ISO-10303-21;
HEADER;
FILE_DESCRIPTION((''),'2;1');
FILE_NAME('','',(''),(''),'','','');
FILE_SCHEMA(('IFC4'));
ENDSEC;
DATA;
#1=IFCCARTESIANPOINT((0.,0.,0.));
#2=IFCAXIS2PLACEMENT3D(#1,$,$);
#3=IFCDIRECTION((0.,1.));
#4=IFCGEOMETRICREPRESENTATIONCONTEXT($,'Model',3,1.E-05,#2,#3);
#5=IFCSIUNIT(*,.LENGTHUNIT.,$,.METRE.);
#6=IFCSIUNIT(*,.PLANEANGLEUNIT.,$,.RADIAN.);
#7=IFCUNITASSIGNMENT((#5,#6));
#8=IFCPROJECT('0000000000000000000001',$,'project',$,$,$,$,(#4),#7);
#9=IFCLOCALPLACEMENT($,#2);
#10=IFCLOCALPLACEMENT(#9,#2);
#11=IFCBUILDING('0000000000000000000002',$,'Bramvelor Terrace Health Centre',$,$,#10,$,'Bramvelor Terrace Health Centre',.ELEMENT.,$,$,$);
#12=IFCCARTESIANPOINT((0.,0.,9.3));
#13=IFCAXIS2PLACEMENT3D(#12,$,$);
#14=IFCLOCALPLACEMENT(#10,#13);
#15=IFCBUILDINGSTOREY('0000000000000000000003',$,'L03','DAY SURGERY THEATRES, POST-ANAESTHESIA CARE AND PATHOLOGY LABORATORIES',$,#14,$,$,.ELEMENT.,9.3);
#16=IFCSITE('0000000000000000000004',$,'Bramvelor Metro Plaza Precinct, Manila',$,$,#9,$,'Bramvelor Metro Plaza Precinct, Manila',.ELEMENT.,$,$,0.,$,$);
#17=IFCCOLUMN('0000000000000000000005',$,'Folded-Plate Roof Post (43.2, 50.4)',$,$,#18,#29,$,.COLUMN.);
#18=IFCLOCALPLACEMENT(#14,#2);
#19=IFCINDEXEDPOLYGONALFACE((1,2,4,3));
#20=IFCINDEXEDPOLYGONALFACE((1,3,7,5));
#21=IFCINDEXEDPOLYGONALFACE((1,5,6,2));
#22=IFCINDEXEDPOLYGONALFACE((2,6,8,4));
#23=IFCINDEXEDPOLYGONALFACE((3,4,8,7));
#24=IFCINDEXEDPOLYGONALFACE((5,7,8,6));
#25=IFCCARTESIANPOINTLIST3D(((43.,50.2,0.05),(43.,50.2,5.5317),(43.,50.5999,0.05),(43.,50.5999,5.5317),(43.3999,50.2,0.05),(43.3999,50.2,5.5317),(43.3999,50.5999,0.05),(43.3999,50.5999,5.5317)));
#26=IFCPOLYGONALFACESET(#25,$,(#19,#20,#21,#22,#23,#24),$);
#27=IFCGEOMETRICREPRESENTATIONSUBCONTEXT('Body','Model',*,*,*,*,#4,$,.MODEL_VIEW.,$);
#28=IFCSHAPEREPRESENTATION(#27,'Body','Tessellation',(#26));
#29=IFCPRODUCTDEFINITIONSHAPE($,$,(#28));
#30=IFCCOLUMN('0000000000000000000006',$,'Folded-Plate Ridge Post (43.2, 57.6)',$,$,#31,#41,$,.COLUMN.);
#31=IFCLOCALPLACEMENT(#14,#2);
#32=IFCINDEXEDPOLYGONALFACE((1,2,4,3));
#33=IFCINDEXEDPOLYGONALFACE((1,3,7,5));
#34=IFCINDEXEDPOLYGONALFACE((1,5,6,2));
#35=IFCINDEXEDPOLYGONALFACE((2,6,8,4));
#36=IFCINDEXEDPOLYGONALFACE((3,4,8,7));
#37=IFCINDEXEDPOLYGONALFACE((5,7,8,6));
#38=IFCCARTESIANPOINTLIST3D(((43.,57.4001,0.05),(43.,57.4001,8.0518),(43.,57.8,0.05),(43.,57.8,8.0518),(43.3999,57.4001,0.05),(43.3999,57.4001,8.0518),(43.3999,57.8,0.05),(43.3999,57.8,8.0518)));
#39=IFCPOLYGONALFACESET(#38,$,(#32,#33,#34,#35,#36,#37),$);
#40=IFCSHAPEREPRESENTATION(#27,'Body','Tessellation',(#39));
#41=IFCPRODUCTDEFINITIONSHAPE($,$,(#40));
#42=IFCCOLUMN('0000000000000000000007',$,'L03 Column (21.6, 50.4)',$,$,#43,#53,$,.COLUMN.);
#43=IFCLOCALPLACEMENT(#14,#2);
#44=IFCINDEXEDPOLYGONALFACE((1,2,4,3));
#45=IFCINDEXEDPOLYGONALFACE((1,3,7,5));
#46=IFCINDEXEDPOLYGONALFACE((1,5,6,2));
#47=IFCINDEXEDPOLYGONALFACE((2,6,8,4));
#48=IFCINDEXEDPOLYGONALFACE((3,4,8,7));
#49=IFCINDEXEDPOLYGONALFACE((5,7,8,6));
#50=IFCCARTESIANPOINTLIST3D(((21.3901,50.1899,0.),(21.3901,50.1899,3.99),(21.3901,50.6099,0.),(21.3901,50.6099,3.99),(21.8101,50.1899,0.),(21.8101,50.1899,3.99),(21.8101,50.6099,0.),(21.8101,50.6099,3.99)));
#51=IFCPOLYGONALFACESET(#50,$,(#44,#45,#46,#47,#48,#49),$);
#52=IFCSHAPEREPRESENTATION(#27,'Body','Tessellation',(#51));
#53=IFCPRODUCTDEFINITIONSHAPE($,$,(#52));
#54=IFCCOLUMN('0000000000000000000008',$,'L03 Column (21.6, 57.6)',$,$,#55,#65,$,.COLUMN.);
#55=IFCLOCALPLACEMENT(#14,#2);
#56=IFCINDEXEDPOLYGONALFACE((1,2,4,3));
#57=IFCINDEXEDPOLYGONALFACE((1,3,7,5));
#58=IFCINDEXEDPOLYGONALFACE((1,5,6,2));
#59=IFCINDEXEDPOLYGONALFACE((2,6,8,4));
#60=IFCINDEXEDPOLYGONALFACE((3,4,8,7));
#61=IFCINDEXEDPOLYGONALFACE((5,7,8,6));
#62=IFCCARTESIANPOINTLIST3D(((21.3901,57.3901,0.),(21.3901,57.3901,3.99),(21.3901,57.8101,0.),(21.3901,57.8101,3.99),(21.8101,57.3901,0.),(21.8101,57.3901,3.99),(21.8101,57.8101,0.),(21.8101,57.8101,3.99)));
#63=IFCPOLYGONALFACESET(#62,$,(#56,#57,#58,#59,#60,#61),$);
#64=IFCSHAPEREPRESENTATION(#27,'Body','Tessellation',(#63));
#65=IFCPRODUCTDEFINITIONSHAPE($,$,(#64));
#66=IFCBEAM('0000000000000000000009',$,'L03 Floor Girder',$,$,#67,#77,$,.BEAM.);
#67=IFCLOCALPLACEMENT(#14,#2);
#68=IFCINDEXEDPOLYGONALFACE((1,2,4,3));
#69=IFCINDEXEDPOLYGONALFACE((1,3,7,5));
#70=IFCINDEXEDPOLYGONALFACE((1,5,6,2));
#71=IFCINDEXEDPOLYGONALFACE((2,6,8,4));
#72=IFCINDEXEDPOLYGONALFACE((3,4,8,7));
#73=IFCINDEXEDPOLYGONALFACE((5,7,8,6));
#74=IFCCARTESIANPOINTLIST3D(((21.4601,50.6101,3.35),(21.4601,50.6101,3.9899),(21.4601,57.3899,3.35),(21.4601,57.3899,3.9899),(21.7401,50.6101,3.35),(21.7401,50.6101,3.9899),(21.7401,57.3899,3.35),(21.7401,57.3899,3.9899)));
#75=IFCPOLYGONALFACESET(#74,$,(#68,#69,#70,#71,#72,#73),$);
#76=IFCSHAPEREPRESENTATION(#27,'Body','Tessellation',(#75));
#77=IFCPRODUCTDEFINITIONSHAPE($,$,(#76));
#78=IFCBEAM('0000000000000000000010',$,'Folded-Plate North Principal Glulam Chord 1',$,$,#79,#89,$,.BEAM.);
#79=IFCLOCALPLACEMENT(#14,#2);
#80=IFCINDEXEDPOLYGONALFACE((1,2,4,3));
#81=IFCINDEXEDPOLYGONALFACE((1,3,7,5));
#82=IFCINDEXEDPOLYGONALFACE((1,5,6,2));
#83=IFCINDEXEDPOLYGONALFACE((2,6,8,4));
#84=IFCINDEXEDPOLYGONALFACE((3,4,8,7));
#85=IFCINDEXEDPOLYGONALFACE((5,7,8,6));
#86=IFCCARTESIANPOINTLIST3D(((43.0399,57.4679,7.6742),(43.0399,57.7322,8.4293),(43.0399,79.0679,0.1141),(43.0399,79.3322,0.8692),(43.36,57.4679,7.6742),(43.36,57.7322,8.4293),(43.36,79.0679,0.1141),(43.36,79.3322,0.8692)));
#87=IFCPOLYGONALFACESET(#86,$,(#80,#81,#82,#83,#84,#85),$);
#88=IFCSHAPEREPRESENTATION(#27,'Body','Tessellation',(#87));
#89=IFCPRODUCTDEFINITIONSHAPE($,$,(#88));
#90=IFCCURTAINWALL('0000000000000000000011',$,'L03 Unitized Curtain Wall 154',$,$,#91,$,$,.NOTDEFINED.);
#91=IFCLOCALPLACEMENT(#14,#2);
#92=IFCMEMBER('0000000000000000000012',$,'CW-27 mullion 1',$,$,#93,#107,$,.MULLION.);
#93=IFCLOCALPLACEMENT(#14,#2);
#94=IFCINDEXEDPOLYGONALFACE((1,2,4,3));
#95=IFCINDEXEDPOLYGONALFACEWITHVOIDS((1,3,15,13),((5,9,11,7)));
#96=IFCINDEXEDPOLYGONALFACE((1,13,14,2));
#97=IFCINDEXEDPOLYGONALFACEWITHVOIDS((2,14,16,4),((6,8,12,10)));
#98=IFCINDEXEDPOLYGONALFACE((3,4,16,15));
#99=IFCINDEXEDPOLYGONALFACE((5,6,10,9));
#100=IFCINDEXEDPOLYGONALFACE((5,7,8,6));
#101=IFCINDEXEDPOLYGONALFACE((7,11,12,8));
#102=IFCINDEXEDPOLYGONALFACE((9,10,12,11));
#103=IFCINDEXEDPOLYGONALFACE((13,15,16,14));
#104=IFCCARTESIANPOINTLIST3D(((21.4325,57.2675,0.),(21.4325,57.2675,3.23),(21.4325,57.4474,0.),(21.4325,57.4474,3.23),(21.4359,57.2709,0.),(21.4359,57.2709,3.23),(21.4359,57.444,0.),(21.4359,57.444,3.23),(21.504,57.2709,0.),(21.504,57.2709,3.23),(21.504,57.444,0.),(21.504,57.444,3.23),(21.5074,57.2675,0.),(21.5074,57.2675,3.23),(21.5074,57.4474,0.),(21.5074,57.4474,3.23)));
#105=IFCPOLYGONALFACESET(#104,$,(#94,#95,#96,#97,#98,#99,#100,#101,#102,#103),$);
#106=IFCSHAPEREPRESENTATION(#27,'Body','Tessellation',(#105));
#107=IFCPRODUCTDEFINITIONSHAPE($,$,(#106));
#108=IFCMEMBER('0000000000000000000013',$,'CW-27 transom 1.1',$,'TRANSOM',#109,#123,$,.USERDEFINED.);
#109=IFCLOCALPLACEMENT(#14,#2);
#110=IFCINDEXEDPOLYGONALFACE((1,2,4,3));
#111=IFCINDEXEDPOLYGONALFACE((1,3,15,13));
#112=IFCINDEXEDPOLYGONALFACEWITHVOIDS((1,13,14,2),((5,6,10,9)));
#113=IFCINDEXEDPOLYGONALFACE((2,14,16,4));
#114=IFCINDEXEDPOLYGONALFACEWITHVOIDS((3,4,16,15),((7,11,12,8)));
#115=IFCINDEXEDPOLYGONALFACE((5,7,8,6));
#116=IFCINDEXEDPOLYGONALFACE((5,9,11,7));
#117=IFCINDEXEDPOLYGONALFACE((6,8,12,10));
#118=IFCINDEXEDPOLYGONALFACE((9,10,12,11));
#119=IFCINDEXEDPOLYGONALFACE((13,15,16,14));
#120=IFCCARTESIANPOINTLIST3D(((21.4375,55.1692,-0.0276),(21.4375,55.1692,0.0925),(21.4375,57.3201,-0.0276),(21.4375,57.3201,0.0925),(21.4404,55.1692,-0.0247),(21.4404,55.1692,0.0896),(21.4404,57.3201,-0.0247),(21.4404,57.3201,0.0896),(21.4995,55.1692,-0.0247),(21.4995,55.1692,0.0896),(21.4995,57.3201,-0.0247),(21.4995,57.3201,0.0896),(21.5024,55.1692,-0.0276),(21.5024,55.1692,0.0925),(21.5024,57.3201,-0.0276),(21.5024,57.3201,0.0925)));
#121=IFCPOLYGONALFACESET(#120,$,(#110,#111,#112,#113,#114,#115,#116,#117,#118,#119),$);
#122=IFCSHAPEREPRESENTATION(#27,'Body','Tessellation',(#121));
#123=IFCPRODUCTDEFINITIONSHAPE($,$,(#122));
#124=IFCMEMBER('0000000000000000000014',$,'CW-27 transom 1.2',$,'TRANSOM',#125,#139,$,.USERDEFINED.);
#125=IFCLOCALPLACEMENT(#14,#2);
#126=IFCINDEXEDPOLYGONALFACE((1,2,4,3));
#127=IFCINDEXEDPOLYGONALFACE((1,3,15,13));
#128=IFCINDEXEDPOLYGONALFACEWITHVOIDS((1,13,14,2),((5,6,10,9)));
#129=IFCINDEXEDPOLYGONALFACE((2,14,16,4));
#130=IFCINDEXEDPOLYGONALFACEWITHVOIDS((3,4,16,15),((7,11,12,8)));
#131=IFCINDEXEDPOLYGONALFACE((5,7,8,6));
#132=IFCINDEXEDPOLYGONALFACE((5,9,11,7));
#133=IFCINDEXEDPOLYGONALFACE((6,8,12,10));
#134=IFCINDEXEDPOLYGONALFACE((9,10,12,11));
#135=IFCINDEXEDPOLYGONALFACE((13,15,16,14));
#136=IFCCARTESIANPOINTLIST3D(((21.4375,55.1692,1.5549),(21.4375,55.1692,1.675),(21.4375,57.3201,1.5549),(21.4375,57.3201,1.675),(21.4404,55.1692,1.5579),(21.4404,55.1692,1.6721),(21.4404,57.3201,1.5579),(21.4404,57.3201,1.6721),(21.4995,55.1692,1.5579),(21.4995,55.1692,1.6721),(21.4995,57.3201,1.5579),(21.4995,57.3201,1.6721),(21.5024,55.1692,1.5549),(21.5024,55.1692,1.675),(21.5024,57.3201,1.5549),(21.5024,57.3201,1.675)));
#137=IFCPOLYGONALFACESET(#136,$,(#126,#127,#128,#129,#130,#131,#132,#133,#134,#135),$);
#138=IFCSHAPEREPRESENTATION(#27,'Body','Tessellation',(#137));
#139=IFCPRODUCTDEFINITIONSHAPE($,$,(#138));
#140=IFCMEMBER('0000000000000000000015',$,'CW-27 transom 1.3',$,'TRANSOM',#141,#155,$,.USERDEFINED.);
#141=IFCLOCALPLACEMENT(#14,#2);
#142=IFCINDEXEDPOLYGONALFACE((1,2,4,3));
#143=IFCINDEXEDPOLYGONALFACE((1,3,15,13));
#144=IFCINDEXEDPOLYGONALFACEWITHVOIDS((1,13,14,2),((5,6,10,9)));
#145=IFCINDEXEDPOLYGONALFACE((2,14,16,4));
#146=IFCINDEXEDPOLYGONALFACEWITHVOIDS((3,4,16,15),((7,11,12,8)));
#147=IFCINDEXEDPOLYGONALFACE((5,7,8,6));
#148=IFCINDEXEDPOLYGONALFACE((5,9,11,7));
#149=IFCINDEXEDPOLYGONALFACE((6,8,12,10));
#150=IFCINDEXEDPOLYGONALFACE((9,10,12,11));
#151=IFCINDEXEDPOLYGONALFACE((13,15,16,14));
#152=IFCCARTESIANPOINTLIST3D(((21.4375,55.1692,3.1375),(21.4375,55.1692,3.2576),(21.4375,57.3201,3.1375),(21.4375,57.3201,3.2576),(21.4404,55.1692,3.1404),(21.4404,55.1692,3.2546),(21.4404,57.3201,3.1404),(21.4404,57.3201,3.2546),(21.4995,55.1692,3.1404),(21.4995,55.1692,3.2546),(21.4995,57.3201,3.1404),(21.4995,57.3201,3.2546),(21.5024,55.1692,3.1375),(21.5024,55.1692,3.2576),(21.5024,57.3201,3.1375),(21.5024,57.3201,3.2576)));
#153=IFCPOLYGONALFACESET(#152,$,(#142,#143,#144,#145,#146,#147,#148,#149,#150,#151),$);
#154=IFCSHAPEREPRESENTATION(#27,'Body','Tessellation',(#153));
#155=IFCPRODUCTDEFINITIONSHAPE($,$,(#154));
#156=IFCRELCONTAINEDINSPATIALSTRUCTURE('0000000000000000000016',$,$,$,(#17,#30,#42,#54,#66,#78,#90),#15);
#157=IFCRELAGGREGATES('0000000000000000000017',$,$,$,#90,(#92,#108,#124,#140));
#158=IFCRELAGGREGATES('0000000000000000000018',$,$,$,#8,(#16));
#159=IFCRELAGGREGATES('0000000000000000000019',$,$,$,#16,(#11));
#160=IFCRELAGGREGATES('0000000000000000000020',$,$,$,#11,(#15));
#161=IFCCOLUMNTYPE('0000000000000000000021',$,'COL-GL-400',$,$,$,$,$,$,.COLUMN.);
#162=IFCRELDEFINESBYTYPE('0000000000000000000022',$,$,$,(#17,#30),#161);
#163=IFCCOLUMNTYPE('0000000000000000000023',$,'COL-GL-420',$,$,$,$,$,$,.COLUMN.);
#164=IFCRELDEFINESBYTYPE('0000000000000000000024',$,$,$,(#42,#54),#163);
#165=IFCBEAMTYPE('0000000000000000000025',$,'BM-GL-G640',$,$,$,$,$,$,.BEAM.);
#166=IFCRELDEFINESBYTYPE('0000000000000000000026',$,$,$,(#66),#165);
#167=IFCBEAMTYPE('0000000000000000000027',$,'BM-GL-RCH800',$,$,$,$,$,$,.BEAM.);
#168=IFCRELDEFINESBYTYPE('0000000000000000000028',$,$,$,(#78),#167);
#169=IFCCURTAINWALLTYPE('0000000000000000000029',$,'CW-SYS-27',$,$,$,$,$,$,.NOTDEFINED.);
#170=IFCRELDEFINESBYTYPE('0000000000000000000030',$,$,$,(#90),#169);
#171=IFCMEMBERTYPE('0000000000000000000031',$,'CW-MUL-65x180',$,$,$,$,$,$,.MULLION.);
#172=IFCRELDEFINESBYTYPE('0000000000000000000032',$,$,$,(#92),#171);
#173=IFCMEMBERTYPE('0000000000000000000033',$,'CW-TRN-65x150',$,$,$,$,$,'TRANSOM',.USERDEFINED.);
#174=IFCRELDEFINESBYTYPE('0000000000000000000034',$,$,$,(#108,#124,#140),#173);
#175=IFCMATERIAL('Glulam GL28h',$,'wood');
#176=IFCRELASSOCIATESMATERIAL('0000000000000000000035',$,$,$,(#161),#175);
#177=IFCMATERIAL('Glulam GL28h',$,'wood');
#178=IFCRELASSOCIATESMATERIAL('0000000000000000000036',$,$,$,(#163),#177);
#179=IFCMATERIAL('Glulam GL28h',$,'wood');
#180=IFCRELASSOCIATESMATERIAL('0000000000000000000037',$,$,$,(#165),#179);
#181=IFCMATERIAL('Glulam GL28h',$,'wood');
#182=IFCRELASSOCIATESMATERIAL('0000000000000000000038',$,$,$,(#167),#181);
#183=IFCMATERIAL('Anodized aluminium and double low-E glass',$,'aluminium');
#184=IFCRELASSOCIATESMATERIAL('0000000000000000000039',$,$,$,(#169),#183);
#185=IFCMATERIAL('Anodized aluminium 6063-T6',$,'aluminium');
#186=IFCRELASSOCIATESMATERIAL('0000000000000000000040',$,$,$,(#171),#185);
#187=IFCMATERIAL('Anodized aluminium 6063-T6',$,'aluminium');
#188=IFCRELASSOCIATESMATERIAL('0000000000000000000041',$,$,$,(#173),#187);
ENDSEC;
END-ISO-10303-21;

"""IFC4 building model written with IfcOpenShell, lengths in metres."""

from ifc_helpers import new_model, si_unit, direction, frame, origin, origin_2d, place, context, subcontext, project, spatial, rectangle, hollow_rectangle, extrude, material, material_profile, profile_set, type_object, element, aggregate, save


model = new_model("IFC4")

# Units and contexts
model_context = context("Model", 3, precision=1e-05, world=origin(), true_north=direction((0.0, 1.0)))
body_context = subcontext(model_context, "Body", "Model", "MODEL_VIEW")
ifc_project = project(units=[si_unit("LENGTHUNIT", "METRE"), si_unit("PLANEANGLEUNIT", "RADIAN")], contexts=[model_context])

# Site, building, storey
site_placement = place(None, origin())
site = spatial("IfcSite", under=ifc_project, at=site_placement, Name="Bramvelor Metro Plaza Precinct, Manila", LongName="Bramvelor Metro Plaza Precinct, Manila", CompositionType="ELEMENT", RefElevation=0.0)
building_placement = place(site_placement, origin())
building = spatial("IfcBuilding", under=site, at=building_placement, Name="Bramvelor Terrace Health Centre", LongName="Bramvelor Terrace Health Centre", CompositionType="ELEMENT")
storey_placement = place(building_placement, frame((0.0, 0.0, 9.3)))
storey = spatial("IfcBuildingStorey", under=building, at=storey_placement, Name="L03", Description="DAY SURGERY THEATRES, POST-ANAESTHESIA CARE AND PATHOLOGY LABORATORIES", CompositionType="ELEMENT", Elevation=9.3)

# Columns
ifc_material_1 = material(Name="Glulam GL28h", Category="wood")
ifc_material_profile_1 = material_profile(ifc_material_1, rectangle(XDim=0.3999, YDim=0.3999, at=origin_2d()), Name="GL 400x400")
ifc_profile_set_1 = profile_set([ifc_material_profile_1], Name="Glulam GL28h")
column_type_1 = type_object("IfcColumnType", Name="COL-GL-400", PredefinedType="COLUMN", material=ifc_profile_set_1)
column_1_placement = place(storey_placement, frame((43.2, 50.3999, 0.05), z_axis=(0.0, 0.0, 1.0), x_axis=(1.0, 0.0, 0.0)))
element("IfcColumn", 1, at=column_1_placement, inside=storey, type_object=column_type_1, Name="Folded-Plate Roof Post (43.2, 50.4)", PredefinedType="COLUMN", context=body_context, shape_type="SweptSolid", body=[
    extrude(rectangle(XDim=0.3999, YDim=0.3999, at=origin_2d()), origin(), (0.0, 0.0, 1.0), 5.4817),
])
column_2_placement = place(storey_placement, frame((43.2, 57.6001, 0.05), z_axis=(0.0, 0.0, 1.0), x_axis=(1.0, 0.0, 0.0)))
element("IfcColumn", 2, at=column_2_placement, inside=storey, type_object=column_type_1, Name="Folded-Plate Ridge Post (43.2, 57.6)", PredefinedType="COLUMN", context=body_context, shape_type="SweptSolid", body=[
    extrude(rectangle(XDim=0.3999, YDim=0.3999, at=origin_2d()), origin(), (0.0, 0.0, 1.0), 8.0017),
])
ifc_material_2 = material(Name="Glulam GL28h", Category="wood")
ifc_material_profile_2 = material_profile(ifc_material_2, rectangle(XDim=0.4199, YDim=0.4199, at=origin_2d()), Name="GL 420x420")
ifc_profile_set_2 = profile_set([ifc_material_profile_2], Name="Glulam GL28h")
column_type_2 = type_object("IfcColumnType", Name="COL-GL-420", PredefinedType="COLUMN", material=ifc_profile_set_2)
for number, where, z_axis, x_axis, name in (
    (3, (21.6001, 50.3999, 0.0), (0.0, 0.0, 1.0), (1.0, 0.0, 0.0), "L03 Column (21.6, 50.4)"),
    (4, (21.6001, 57.6001, 0.0), (0.0, 0.0, 1.0), (1.0, 0.0, 0.0), "L03 Column (21.6, 57.6)"),
):
    element("IfcColumn", number, at=place(storey_placement, frame(where, z_axis=z_axis, x_axis=x_axis)), inside=storey, type_object=column_type_2, Name=name, PredefinedType="COLUMN", context=body_context, shape_type="SweptSolid", body=[
        extrude(rectangle(XDim=0.4199, YDim=0.4199, at=origin_2d()), origin(), (0.0, 0.0, 1.0), 3.99),
    ])

# Beams
ifc_material_3 = material(Name="Glulam GL28h", Category="wood")
ifc_material_profile_3 = material_profile(ifc_material_3, rectangle(XDim=0.28, YDim=0.6399, at=origin_2d()), Name="GL 280x640")
ifc_profile_set_3 = profile_set([ifc_material_profile_3], Name="Glulam GL28h")
beam_type_1 = type_object("IfcBeamType", Name="BM-GL-G640", PredefinedType="BEAM", material=ifc_profile_set_3)
beam_1_placement = place(storey_placement, frame((21.6001, 50.6101, 3.6699), z_axis=(0.0, 1.0, 0.0), x_axis=(-1.0, 0.0, 0.0)))
element("IfcBeam", 5, at=beam_1_placement, inside=storey, type_object=beam_type_1, Name="L03 Floor Girder", PredefinedType="BEAM", context=body_context, shape_type="SweptSolid", body=[
    extrude(rectangle(XDim=0.28, YDim=0.6399, at=origin_2d()), origin(), (0.0, 0.0, 1.0), 6.7798),
])
ifc_material_4 = material(Name="Glulam GL28h", Category="wood")
ifc_material_profile_4 = material_profile(ifc_material_4, rectangle(XDim=0.3201, YDim=0.8, at=origin_2d()), Name="GL 320x800")
ifc_profile_set_4 = profile_set([ifc_material_profile_4], Name="Glulam GL28h")
beam_type_2 = type_object("IfcBeamType", Name="BM-GL-RCH800", PredefinedType="BEAM", material=ifc_profile_set_4)
beam_2_placement = place(storey_placement, frame((43.2, 57.6001, 8.0518), z_axis=(0.0, 0.943857, -0.330355), x_axis=(-1.0, 0.0, 0.0)))
element("IfcBeam", 6, at=beam_2_placement, inside=storey, type_object=beam_type_2, Name="Folded-Plate North Principal Glulam Chord 1", PredefinedType="BEAM", context=body_context, shape_type="SweptSolid", body=[
    extrude(rectangle(XDim=0.3201, YDim=0.8, at=origin_2d()), origin(), (0.0, 0.0, 1.0), 22.8848),
])

# Curtain wall, members
ifc_material_5 = material(Name="Anodized aluminium and double low-E glass", Category="aluminium")
curtain_wall_type = type_object("IfcCurtainWallType", Name="CW-SYS-27", PredefinedType="NOTDEFINED", material=ifc_material_5)
curtain_wall_placement = place(storey_placement, origin())
curtain_wall = element("IfcCurtainWall", 7, at=curtain_wall_placement, inside=storey, type_object=curtain_wall_type, Name="L03 Unitized Curtain Wall 154", PredefinedType="NOTDEFINED")
ifc_material_6 = material(Name="Anodized aluminium 6063-T6", Category="aluminium")
ifc_material_profile_5 = material_profile(ifc_material_6, hollow_rectangle(XDim=0.075, YDim=0.1799, WallThickness=0.0034, at=origin_2d()), Name="ALU-MUL 75x180x3.5")
ifc_profile_set_5 = profile_set([ifc_material_profile_5], Name="Anodized aluminium 6063-T6")
member_type_1 = type_object("IfcMemberType", Name="CW-MUL-65x180", PredefinedType="MULLION", material=ifc_profile_set_5)
member_1_placement = place(storey_placement, frame((21.47, 57.3574, 0.0), z_axis=(0.0, 0.0, 1.0), x_axis=(1.0, 0.0, 0.0)))
member_1 = element("IfcMember", 8, at=member_1_placement, type_object=member_type_1, Name="CW-27 mullion 1", PredefinedType="MULLION", context=body_context, shape_type="SweptSolid", body=[
    extrude(hollow_rectangle(XDim=0.075, YDim=0.1799, WallThickness=0.0034, at=origin_2d()), origin(), (0.0, 0.0, 1.0), 3.23),
])
ifc_material_7 = material(Name="Anodized aluminium 6063-T6", Category="aluminium")
ifc_material_profile_6 = material_profile(ifc_material_7, hollow_rectangle(XDim=0.0649, YDim=0.1201, WallThickness=0.0029, at=origin_2d()), Name="ALU-TRN 65x120x3.0")
ifc_profile_set_6 = profile_set([ifc_material_profile_6], Name="Anodized aluminium 6063-T6")
member_type_2 = type_object("IfcMemberType", Name="CW-TRN-65x150", ElementType="TRANSOM", PredefinedType="USERDEFINED", material=ifc_profile_set_6)
member_2_placement = place(storey_placement, frame((21.47, 57.3201, 0.0325), z_axis=(0.0, -1.0, 0.0), x_axis=(1.0, 0.0, 0.0)))
member_2 = element("IfcMember", 9, at=member_2_placement, type_object=member_type_2, Name="CW-27 transom 1.1", ObjectType="TRANSOM", PredefinedType="USERDEFINED", context=body_context, shape_type="SweptSolid", body=[
    extrude(hollow_rectangle(XDim=0.0649, YDim=0.1201, WallThickness=0.0029, at=origin_2d()), origin(), (0.0, 0.0, 1.0), 2.1509),
])
member_3_placement = place(storey_placement, frame((21.47, 57.3201, 1.615), z_axis=(0.0, -1.0, 0.0), x_axis=(1.0, 0.0, 0.0)))
member_3 = element("IfcMember", 10, at=member_3_placement, type_object=member_type_2, Name="CW-27 transom 1.2", ObjectType="TRANSOM", PredefinedType="USERDEFINED", context=body_context, shape_type="SweptSolid", body=[
    extrude(hollow_rectangle(XDim=0.0649, YDim=0.1201, WallThickness=0.0029, at=origin_2d()), origin(), (0.0, 0.0, 1.0), 2.1509),
])
member_4_placement = place(storey_placement, frame((21.47, 57.3201, 3.1975), z_axis=(0.0, -1.0, 0.0), x_axis=(1.0, 0.0, 0.0)))
member_4 = element("IfcMember", 11, at=member_4_placement, type_object=member_type_2, Name="CW-27 transom 1.3", ObjectType="TRANSOM", PredefinedType="USERDEFINED", context=body_context, shape_type="SweptSolid", body=[
    extrude(hollow_rectangle(XDim=0.0649, YDim=0.1201, WallThickness=0.0029, at=origin_2d()), origin(), (0.0, 0.0, 1.0), 2.1509),
])

aggregate(curtain_wall, [member_1, member_2, member_3, member_4])

save(model, "model.ifc")
